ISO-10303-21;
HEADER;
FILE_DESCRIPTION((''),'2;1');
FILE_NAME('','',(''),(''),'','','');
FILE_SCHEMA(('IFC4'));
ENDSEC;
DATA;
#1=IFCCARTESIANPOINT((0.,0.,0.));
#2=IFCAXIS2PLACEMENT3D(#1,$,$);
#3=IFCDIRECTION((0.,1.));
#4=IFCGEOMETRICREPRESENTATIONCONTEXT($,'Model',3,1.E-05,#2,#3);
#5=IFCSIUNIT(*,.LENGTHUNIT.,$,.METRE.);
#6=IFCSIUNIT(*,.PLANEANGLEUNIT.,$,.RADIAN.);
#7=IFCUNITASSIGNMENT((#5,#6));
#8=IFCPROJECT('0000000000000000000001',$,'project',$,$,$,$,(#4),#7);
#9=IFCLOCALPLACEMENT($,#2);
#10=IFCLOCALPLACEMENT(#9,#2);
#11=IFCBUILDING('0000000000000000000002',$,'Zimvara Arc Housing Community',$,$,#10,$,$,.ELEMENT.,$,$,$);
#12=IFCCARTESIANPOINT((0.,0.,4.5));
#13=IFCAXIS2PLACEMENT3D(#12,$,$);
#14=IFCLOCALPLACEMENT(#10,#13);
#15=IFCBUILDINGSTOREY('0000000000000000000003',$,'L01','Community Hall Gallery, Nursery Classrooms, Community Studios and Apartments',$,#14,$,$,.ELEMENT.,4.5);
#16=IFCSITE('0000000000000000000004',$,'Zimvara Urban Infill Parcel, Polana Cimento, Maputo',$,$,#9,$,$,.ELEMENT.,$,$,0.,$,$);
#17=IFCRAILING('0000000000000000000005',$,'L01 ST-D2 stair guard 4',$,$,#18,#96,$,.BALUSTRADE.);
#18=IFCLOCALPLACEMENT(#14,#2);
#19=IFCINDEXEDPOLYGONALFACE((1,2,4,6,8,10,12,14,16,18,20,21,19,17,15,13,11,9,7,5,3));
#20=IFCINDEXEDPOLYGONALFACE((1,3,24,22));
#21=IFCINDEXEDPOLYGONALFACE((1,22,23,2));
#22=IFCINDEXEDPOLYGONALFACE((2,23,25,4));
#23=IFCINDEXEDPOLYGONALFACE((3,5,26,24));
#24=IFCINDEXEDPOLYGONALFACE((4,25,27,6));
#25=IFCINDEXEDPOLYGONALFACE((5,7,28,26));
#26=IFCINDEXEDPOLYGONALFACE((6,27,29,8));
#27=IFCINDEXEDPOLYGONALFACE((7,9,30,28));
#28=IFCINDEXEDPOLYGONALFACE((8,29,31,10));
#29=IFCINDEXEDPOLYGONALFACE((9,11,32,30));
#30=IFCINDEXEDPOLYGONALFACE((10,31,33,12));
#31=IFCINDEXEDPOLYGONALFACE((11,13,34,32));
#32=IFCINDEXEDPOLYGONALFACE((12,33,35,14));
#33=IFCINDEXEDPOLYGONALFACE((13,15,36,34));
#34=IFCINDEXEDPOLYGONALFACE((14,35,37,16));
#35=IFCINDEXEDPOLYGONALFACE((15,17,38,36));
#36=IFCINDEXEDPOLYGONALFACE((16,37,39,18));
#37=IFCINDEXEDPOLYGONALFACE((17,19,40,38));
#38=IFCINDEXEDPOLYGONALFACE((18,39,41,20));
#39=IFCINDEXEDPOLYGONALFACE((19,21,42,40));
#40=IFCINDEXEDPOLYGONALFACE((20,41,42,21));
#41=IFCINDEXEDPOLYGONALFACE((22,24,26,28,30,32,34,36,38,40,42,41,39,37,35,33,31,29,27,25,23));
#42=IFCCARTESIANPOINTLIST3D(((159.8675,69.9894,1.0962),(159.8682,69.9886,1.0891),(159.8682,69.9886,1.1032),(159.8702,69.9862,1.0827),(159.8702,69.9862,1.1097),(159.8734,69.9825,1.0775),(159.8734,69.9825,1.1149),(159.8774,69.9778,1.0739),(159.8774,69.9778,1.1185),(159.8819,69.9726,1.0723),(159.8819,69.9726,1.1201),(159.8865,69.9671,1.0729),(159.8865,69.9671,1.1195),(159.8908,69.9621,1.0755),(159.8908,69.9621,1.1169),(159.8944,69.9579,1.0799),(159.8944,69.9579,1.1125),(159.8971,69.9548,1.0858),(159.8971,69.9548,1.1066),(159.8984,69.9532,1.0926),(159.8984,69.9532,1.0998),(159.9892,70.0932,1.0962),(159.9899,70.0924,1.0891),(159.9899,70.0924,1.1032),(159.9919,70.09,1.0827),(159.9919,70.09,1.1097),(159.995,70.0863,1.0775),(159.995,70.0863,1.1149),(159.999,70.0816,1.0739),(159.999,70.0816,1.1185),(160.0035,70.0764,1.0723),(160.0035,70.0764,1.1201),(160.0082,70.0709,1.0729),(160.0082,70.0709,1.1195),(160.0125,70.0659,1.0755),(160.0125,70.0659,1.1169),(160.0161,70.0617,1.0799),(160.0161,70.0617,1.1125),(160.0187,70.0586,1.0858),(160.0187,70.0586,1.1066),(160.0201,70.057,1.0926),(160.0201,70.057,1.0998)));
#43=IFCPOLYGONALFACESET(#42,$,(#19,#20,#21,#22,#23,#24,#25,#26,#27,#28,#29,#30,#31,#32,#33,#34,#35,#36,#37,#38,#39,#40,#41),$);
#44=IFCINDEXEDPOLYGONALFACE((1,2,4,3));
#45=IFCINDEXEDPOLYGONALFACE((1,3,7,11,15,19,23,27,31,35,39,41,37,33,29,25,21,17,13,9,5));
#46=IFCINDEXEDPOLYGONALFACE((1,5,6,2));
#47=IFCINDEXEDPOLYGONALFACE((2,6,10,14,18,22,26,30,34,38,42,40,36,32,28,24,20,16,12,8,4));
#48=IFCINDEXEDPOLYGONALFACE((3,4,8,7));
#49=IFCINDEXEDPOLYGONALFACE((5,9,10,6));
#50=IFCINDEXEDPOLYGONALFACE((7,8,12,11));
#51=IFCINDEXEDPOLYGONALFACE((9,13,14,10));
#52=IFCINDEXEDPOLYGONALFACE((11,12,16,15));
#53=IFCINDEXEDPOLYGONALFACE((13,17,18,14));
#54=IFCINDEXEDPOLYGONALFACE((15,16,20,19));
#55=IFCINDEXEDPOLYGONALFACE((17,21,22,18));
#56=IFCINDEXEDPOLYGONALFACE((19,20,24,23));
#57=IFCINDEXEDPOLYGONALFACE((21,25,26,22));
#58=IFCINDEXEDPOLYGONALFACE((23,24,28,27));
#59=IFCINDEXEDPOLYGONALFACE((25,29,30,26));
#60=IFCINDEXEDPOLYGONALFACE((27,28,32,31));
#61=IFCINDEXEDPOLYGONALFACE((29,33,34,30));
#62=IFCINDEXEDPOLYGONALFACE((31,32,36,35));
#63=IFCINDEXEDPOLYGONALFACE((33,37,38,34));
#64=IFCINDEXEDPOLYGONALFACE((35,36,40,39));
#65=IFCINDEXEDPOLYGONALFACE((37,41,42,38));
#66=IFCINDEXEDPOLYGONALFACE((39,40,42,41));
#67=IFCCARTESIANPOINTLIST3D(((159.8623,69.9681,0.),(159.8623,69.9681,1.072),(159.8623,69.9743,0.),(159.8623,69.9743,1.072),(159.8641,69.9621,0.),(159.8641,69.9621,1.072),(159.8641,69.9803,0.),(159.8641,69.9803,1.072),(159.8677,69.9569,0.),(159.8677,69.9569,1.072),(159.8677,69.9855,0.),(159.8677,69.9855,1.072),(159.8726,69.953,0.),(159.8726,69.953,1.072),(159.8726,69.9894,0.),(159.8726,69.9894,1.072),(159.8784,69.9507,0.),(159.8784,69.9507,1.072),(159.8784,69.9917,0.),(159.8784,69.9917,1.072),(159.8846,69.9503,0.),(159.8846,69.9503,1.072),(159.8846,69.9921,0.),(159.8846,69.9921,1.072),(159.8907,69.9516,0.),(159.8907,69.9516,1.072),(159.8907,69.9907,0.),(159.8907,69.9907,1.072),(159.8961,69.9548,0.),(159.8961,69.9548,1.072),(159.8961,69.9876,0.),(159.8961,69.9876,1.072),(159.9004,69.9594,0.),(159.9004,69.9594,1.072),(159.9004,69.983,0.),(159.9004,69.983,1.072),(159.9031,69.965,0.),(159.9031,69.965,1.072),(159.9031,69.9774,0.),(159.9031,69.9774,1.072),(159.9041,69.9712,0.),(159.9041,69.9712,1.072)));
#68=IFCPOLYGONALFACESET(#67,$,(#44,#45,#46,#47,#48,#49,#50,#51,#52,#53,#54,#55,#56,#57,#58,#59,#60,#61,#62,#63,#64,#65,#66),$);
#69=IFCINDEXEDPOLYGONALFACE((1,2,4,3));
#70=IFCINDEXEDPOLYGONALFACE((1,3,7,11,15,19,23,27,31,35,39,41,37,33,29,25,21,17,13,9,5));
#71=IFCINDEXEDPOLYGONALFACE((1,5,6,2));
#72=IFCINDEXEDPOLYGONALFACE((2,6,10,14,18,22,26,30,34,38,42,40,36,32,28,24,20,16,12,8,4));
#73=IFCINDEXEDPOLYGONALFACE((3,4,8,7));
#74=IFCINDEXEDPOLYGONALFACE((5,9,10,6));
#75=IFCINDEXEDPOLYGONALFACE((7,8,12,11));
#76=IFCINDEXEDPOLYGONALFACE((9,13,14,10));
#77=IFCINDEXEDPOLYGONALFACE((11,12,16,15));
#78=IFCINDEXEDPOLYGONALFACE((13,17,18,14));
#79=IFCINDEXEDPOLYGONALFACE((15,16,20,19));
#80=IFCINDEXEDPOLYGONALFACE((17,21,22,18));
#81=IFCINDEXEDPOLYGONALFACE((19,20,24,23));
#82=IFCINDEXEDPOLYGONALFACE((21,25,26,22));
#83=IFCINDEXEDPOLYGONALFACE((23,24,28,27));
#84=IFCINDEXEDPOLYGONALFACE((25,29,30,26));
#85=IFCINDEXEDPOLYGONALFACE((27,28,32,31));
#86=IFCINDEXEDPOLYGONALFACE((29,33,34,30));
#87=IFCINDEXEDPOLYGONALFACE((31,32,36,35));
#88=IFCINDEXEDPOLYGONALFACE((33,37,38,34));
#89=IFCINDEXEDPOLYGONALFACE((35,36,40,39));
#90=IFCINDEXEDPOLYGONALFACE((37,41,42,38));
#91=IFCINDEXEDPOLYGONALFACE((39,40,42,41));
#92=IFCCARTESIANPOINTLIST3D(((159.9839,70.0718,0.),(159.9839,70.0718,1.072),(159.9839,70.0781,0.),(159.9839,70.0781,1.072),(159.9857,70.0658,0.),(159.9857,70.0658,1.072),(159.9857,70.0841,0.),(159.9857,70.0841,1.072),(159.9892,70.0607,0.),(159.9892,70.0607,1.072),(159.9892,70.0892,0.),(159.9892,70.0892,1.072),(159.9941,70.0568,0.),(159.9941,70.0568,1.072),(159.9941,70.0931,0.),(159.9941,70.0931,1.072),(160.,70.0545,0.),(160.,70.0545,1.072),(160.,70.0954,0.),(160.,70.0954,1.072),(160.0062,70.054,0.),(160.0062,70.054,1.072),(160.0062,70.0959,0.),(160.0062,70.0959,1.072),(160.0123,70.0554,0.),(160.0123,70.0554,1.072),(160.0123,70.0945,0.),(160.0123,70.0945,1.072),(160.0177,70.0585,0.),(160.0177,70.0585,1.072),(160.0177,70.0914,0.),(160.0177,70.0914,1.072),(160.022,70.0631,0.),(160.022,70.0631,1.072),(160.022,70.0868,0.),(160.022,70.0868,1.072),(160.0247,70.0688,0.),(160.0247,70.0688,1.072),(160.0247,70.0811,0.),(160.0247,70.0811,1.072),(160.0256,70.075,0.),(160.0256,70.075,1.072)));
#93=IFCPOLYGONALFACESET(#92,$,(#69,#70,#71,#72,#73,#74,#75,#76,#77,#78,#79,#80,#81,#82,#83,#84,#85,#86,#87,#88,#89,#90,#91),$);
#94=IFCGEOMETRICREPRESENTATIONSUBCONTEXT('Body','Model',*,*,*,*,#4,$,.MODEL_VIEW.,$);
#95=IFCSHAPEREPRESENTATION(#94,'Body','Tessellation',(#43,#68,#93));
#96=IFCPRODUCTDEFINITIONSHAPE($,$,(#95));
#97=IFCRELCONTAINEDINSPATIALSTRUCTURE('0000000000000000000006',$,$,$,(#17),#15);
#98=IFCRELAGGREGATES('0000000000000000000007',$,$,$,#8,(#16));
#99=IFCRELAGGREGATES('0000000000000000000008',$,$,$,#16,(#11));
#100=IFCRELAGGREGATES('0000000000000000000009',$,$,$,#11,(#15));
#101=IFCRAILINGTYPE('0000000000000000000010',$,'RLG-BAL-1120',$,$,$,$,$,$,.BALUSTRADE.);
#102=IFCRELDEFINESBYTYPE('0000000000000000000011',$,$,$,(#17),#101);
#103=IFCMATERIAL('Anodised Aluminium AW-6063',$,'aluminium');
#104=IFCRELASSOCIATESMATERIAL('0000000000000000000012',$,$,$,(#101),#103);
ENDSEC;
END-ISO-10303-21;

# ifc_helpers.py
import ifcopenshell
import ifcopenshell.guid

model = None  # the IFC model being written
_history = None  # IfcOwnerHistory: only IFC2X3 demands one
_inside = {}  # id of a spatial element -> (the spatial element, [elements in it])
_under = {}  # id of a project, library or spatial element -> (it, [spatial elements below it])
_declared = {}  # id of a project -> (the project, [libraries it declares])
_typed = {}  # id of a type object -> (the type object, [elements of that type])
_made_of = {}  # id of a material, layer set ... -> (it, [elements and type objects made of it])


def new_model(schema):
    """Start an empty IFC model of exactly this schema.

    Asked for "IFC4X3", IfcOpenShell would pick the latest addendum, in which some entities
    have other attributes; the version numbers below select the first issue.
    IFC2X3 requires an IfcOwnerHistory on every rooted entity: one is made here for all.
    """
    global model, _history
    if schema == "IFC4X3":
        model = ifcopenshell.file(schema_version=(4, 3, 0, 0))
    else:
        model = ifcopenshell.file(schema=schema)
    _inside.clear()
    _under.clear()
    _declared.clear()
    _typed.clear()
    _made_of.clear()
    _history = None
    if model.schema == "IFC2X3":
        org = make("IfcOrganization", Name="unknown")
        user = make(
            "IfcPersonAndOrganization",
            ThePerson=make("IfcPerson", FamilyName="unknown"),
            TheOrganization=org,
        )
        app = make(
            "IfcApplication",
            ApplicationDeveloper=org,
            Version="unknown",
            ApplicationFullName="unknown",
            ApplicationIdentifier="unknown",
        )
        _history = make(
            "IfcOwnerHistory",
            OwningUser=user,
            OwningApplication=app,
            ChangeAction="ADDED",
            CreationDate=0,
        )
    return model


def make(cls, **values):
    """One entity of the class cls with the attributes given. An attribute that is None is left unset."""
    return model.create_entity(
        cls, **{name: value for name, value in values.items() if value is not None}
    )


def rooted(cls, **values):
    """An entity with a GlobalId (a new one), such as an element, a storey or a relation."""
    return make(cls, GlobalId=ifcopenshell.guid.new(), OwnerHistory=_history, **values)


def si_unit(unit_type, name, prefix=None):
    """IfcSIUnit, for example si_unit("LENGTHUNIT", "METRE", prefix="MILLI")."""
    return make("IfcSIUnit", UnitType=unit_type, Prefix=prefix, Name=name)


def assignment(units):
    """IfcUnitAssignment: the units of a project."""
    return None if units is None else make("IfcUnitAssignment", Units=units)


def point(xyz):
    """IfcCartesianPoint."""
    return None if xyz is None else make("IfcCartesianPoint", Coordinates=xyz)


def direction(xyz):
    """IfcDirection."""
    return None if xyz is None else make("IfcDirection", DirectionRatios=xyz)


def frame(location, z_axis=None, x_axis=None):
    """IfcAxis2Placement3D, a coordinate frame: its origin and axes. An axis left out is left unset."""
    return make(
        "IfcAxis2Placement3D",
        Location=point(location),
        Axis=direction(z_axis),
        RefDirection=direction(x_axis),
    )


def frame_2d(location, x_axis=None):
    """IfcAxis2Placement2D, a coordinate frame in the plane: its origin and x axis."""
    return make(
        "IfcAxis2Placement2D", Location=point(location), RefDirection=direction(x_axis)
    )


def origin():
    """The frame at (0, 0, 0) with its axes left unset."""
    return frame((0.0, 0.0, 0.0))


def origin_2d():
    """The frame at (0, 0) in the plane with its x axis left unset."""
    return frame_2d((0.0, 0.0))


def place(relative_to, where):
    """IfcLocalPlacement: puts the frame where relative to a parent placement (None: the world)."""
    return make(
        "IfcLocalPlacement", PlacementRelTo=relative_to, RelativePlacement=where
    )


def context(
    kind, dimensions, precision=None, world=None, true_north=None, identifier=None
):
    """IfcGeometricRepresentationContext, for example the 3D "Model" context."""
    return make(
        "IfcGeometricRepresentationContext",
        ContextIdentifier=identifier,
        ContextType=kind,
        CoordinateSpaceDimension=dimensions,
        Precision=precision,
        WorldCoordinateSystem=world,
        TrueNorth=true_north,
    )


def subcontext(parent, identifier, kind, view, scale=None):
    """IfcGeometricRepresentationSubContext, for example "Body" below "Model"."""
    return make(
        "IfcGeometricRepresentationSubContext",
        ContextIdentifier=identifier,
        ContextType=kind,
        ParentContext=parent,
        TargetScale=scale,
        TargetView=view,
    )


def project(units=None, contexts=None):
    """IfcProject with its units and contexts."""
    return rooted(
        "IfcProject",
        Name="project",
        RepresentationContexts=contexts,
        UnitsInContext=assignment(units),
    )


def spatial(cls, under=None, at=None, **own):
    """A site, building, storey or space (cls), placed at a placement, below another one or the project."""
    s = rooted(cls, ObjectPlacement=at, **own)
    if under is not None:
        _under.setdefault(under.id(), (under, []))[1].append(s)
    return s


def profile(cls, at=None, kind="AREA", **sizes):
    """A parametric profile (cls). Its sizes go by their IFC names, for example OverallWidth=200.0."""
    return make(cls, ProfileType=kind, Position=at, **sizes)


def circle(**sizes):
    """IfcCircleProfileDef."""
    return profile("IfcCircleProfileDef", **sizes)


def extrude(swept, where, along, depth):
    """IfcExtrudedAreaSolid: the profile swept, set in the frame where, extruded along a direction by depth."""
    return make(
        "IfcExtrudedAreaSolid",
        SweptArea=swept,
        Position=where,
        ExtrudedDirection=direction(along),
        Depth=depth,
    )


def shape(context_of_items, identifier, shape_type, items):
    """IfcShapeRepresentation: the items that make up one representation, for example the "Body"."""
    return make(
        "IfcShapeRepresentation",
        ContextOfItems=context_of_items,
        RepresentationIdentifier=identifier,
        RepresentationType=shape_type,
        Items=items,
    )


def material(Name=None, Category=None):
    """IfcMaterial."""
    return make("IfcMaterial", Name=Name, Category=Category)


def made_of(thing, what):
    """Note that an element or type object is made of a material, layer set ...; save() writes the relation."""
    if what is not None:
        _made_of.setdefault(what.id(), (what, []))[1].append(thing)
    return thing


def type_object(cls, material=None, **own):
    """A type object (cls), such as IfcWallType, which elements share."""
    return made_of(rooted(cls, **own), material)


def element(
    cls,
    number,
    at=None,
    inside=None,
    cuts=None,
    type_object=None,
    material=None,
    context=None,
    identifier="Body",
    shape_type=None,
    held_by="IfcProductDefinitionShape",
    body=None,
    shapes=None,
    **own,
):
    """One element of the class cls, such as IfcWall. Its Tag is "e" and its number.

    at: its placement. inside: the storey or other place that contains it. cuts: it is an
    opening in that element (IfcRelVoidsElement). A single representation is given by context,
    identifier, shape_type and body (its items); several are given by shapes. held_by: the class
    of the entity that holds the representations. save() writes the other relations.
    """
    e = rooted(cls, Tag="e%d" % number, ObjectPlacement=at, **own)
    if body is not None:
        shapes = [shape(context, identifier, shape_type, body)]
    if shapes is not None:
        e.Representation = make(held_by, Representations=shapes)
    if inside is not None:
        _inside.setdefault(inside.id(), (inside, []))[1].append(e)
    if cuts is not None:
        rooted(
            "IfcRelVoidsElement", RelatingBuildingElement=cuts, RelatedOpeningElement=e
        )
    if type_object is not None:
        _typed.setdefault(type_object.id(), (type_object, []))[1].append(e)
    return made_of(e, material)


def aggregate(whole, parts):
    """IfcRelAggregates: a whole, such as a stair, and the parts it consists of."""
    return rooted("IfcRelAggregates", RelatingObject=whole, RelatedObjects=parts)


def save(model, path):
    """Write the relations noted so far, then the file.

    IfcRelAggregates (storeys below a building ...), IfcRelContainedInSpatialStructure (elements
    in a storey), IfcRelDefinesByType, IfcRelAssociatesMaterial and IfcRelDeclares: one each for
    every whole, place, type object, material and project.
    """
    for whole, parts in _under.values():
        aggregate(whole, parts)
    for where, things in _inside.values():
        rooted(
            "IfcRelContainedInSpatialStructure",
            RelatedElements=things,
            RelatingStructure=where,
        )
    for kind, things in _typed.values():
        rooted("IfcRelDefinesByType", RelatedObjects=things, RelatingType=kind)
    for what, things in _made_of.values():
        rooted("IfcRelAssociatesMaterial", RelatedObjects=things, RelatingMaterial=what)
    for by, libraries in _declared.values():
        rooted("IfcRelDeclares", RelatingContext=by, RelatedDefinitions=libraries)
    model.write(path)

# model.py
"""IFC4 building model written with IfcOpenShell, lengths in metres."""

from ifc_helpers import new_model, si_unit, direction, frame, origin, origin_2d, place, context, subcontext, project, spatial, circle, extrude, material, type_object, element, save


model = new_model("IFC4")

# Units and contexts
model_context = context("Model", 3, precision=1e-05, world=origin(), true_north=direction((0.0, 1.0)))
body_context = subcontext(model_context, "Body", "Model", "MODEL_VIEW")
ifc_project = project(units=[si_unit("LENGTHUNIT", "METRE"), si_unit("PLANEANGLEUNIT", "RADIAN")], contexts=[model_context])

# Site, building, storey
site_placement = place(None, origin())
site = spatial("IfcSite", under=ifc_project, at=site_placement, Name="Zimvara Urban Infill Parcel, Polana Cimento, Maputo", CompositionType="ELEMENT", RefElevation=0.0)
building_placement = place(site_placement, origin())
building = spatial("IfcBuilding", under=site, at=building_placement, Name="Zimvara Arc Housing Community", CompositionType="ELEMENT")
storey_placement = place(building_placement, frame((0.0, 0.0, 4.5)))
storey = spatial("IfcBuildingStorey", under=building, at=storey_placement, Name="L01", Description="Community Hall Gallery, Nursery Classrooms, Community Studios and Apartments", CompositionType="ELEMENT", Elevation=4.5)

# Railing
ifc_material_1 = material(Name="Anodised Aluminium AW-6063", Category="aluminium")
railing_type_1 = type_object("IfcRailingType", Name="RLG-BAL-1120", PredefinedType="BALUSTRADE", material=ifc_material_1)
railing_1_placement = place(storey_placement, frame((159.8831, 69.9712, 0.0)))
element("IfcRailing", 1, at=railing_1_placement, inside=storey, type_object=railing_type_1, Name="L01 ST-D2 stair guard 4", PredefinedType="BALUSTRADE", context=body_context, shape_type="SweptSolid", body=[
    extrude(circle(Radius=0.0239, at=origin_2d()), frame((0.0, 0.0, 1.0962), z_axis=(0.760656, 0.649155, 0.0), x_axis=(-0.649155, 0.760656, 0.0)), (0.0, 0.0, 1.0), 0.1599),
    extrude(circle(Radius=0.021, at=origin_2d()), origin(), (0.0, 0.0, 1.0), 1.072),
    extrude(circle(Radius=0.021, at=origin_2d()), frame((0.1216, 0.1038, 0.0)), (0.0, 0.0, 1.0), 1.072),
])

save(model, "model.ifc")
